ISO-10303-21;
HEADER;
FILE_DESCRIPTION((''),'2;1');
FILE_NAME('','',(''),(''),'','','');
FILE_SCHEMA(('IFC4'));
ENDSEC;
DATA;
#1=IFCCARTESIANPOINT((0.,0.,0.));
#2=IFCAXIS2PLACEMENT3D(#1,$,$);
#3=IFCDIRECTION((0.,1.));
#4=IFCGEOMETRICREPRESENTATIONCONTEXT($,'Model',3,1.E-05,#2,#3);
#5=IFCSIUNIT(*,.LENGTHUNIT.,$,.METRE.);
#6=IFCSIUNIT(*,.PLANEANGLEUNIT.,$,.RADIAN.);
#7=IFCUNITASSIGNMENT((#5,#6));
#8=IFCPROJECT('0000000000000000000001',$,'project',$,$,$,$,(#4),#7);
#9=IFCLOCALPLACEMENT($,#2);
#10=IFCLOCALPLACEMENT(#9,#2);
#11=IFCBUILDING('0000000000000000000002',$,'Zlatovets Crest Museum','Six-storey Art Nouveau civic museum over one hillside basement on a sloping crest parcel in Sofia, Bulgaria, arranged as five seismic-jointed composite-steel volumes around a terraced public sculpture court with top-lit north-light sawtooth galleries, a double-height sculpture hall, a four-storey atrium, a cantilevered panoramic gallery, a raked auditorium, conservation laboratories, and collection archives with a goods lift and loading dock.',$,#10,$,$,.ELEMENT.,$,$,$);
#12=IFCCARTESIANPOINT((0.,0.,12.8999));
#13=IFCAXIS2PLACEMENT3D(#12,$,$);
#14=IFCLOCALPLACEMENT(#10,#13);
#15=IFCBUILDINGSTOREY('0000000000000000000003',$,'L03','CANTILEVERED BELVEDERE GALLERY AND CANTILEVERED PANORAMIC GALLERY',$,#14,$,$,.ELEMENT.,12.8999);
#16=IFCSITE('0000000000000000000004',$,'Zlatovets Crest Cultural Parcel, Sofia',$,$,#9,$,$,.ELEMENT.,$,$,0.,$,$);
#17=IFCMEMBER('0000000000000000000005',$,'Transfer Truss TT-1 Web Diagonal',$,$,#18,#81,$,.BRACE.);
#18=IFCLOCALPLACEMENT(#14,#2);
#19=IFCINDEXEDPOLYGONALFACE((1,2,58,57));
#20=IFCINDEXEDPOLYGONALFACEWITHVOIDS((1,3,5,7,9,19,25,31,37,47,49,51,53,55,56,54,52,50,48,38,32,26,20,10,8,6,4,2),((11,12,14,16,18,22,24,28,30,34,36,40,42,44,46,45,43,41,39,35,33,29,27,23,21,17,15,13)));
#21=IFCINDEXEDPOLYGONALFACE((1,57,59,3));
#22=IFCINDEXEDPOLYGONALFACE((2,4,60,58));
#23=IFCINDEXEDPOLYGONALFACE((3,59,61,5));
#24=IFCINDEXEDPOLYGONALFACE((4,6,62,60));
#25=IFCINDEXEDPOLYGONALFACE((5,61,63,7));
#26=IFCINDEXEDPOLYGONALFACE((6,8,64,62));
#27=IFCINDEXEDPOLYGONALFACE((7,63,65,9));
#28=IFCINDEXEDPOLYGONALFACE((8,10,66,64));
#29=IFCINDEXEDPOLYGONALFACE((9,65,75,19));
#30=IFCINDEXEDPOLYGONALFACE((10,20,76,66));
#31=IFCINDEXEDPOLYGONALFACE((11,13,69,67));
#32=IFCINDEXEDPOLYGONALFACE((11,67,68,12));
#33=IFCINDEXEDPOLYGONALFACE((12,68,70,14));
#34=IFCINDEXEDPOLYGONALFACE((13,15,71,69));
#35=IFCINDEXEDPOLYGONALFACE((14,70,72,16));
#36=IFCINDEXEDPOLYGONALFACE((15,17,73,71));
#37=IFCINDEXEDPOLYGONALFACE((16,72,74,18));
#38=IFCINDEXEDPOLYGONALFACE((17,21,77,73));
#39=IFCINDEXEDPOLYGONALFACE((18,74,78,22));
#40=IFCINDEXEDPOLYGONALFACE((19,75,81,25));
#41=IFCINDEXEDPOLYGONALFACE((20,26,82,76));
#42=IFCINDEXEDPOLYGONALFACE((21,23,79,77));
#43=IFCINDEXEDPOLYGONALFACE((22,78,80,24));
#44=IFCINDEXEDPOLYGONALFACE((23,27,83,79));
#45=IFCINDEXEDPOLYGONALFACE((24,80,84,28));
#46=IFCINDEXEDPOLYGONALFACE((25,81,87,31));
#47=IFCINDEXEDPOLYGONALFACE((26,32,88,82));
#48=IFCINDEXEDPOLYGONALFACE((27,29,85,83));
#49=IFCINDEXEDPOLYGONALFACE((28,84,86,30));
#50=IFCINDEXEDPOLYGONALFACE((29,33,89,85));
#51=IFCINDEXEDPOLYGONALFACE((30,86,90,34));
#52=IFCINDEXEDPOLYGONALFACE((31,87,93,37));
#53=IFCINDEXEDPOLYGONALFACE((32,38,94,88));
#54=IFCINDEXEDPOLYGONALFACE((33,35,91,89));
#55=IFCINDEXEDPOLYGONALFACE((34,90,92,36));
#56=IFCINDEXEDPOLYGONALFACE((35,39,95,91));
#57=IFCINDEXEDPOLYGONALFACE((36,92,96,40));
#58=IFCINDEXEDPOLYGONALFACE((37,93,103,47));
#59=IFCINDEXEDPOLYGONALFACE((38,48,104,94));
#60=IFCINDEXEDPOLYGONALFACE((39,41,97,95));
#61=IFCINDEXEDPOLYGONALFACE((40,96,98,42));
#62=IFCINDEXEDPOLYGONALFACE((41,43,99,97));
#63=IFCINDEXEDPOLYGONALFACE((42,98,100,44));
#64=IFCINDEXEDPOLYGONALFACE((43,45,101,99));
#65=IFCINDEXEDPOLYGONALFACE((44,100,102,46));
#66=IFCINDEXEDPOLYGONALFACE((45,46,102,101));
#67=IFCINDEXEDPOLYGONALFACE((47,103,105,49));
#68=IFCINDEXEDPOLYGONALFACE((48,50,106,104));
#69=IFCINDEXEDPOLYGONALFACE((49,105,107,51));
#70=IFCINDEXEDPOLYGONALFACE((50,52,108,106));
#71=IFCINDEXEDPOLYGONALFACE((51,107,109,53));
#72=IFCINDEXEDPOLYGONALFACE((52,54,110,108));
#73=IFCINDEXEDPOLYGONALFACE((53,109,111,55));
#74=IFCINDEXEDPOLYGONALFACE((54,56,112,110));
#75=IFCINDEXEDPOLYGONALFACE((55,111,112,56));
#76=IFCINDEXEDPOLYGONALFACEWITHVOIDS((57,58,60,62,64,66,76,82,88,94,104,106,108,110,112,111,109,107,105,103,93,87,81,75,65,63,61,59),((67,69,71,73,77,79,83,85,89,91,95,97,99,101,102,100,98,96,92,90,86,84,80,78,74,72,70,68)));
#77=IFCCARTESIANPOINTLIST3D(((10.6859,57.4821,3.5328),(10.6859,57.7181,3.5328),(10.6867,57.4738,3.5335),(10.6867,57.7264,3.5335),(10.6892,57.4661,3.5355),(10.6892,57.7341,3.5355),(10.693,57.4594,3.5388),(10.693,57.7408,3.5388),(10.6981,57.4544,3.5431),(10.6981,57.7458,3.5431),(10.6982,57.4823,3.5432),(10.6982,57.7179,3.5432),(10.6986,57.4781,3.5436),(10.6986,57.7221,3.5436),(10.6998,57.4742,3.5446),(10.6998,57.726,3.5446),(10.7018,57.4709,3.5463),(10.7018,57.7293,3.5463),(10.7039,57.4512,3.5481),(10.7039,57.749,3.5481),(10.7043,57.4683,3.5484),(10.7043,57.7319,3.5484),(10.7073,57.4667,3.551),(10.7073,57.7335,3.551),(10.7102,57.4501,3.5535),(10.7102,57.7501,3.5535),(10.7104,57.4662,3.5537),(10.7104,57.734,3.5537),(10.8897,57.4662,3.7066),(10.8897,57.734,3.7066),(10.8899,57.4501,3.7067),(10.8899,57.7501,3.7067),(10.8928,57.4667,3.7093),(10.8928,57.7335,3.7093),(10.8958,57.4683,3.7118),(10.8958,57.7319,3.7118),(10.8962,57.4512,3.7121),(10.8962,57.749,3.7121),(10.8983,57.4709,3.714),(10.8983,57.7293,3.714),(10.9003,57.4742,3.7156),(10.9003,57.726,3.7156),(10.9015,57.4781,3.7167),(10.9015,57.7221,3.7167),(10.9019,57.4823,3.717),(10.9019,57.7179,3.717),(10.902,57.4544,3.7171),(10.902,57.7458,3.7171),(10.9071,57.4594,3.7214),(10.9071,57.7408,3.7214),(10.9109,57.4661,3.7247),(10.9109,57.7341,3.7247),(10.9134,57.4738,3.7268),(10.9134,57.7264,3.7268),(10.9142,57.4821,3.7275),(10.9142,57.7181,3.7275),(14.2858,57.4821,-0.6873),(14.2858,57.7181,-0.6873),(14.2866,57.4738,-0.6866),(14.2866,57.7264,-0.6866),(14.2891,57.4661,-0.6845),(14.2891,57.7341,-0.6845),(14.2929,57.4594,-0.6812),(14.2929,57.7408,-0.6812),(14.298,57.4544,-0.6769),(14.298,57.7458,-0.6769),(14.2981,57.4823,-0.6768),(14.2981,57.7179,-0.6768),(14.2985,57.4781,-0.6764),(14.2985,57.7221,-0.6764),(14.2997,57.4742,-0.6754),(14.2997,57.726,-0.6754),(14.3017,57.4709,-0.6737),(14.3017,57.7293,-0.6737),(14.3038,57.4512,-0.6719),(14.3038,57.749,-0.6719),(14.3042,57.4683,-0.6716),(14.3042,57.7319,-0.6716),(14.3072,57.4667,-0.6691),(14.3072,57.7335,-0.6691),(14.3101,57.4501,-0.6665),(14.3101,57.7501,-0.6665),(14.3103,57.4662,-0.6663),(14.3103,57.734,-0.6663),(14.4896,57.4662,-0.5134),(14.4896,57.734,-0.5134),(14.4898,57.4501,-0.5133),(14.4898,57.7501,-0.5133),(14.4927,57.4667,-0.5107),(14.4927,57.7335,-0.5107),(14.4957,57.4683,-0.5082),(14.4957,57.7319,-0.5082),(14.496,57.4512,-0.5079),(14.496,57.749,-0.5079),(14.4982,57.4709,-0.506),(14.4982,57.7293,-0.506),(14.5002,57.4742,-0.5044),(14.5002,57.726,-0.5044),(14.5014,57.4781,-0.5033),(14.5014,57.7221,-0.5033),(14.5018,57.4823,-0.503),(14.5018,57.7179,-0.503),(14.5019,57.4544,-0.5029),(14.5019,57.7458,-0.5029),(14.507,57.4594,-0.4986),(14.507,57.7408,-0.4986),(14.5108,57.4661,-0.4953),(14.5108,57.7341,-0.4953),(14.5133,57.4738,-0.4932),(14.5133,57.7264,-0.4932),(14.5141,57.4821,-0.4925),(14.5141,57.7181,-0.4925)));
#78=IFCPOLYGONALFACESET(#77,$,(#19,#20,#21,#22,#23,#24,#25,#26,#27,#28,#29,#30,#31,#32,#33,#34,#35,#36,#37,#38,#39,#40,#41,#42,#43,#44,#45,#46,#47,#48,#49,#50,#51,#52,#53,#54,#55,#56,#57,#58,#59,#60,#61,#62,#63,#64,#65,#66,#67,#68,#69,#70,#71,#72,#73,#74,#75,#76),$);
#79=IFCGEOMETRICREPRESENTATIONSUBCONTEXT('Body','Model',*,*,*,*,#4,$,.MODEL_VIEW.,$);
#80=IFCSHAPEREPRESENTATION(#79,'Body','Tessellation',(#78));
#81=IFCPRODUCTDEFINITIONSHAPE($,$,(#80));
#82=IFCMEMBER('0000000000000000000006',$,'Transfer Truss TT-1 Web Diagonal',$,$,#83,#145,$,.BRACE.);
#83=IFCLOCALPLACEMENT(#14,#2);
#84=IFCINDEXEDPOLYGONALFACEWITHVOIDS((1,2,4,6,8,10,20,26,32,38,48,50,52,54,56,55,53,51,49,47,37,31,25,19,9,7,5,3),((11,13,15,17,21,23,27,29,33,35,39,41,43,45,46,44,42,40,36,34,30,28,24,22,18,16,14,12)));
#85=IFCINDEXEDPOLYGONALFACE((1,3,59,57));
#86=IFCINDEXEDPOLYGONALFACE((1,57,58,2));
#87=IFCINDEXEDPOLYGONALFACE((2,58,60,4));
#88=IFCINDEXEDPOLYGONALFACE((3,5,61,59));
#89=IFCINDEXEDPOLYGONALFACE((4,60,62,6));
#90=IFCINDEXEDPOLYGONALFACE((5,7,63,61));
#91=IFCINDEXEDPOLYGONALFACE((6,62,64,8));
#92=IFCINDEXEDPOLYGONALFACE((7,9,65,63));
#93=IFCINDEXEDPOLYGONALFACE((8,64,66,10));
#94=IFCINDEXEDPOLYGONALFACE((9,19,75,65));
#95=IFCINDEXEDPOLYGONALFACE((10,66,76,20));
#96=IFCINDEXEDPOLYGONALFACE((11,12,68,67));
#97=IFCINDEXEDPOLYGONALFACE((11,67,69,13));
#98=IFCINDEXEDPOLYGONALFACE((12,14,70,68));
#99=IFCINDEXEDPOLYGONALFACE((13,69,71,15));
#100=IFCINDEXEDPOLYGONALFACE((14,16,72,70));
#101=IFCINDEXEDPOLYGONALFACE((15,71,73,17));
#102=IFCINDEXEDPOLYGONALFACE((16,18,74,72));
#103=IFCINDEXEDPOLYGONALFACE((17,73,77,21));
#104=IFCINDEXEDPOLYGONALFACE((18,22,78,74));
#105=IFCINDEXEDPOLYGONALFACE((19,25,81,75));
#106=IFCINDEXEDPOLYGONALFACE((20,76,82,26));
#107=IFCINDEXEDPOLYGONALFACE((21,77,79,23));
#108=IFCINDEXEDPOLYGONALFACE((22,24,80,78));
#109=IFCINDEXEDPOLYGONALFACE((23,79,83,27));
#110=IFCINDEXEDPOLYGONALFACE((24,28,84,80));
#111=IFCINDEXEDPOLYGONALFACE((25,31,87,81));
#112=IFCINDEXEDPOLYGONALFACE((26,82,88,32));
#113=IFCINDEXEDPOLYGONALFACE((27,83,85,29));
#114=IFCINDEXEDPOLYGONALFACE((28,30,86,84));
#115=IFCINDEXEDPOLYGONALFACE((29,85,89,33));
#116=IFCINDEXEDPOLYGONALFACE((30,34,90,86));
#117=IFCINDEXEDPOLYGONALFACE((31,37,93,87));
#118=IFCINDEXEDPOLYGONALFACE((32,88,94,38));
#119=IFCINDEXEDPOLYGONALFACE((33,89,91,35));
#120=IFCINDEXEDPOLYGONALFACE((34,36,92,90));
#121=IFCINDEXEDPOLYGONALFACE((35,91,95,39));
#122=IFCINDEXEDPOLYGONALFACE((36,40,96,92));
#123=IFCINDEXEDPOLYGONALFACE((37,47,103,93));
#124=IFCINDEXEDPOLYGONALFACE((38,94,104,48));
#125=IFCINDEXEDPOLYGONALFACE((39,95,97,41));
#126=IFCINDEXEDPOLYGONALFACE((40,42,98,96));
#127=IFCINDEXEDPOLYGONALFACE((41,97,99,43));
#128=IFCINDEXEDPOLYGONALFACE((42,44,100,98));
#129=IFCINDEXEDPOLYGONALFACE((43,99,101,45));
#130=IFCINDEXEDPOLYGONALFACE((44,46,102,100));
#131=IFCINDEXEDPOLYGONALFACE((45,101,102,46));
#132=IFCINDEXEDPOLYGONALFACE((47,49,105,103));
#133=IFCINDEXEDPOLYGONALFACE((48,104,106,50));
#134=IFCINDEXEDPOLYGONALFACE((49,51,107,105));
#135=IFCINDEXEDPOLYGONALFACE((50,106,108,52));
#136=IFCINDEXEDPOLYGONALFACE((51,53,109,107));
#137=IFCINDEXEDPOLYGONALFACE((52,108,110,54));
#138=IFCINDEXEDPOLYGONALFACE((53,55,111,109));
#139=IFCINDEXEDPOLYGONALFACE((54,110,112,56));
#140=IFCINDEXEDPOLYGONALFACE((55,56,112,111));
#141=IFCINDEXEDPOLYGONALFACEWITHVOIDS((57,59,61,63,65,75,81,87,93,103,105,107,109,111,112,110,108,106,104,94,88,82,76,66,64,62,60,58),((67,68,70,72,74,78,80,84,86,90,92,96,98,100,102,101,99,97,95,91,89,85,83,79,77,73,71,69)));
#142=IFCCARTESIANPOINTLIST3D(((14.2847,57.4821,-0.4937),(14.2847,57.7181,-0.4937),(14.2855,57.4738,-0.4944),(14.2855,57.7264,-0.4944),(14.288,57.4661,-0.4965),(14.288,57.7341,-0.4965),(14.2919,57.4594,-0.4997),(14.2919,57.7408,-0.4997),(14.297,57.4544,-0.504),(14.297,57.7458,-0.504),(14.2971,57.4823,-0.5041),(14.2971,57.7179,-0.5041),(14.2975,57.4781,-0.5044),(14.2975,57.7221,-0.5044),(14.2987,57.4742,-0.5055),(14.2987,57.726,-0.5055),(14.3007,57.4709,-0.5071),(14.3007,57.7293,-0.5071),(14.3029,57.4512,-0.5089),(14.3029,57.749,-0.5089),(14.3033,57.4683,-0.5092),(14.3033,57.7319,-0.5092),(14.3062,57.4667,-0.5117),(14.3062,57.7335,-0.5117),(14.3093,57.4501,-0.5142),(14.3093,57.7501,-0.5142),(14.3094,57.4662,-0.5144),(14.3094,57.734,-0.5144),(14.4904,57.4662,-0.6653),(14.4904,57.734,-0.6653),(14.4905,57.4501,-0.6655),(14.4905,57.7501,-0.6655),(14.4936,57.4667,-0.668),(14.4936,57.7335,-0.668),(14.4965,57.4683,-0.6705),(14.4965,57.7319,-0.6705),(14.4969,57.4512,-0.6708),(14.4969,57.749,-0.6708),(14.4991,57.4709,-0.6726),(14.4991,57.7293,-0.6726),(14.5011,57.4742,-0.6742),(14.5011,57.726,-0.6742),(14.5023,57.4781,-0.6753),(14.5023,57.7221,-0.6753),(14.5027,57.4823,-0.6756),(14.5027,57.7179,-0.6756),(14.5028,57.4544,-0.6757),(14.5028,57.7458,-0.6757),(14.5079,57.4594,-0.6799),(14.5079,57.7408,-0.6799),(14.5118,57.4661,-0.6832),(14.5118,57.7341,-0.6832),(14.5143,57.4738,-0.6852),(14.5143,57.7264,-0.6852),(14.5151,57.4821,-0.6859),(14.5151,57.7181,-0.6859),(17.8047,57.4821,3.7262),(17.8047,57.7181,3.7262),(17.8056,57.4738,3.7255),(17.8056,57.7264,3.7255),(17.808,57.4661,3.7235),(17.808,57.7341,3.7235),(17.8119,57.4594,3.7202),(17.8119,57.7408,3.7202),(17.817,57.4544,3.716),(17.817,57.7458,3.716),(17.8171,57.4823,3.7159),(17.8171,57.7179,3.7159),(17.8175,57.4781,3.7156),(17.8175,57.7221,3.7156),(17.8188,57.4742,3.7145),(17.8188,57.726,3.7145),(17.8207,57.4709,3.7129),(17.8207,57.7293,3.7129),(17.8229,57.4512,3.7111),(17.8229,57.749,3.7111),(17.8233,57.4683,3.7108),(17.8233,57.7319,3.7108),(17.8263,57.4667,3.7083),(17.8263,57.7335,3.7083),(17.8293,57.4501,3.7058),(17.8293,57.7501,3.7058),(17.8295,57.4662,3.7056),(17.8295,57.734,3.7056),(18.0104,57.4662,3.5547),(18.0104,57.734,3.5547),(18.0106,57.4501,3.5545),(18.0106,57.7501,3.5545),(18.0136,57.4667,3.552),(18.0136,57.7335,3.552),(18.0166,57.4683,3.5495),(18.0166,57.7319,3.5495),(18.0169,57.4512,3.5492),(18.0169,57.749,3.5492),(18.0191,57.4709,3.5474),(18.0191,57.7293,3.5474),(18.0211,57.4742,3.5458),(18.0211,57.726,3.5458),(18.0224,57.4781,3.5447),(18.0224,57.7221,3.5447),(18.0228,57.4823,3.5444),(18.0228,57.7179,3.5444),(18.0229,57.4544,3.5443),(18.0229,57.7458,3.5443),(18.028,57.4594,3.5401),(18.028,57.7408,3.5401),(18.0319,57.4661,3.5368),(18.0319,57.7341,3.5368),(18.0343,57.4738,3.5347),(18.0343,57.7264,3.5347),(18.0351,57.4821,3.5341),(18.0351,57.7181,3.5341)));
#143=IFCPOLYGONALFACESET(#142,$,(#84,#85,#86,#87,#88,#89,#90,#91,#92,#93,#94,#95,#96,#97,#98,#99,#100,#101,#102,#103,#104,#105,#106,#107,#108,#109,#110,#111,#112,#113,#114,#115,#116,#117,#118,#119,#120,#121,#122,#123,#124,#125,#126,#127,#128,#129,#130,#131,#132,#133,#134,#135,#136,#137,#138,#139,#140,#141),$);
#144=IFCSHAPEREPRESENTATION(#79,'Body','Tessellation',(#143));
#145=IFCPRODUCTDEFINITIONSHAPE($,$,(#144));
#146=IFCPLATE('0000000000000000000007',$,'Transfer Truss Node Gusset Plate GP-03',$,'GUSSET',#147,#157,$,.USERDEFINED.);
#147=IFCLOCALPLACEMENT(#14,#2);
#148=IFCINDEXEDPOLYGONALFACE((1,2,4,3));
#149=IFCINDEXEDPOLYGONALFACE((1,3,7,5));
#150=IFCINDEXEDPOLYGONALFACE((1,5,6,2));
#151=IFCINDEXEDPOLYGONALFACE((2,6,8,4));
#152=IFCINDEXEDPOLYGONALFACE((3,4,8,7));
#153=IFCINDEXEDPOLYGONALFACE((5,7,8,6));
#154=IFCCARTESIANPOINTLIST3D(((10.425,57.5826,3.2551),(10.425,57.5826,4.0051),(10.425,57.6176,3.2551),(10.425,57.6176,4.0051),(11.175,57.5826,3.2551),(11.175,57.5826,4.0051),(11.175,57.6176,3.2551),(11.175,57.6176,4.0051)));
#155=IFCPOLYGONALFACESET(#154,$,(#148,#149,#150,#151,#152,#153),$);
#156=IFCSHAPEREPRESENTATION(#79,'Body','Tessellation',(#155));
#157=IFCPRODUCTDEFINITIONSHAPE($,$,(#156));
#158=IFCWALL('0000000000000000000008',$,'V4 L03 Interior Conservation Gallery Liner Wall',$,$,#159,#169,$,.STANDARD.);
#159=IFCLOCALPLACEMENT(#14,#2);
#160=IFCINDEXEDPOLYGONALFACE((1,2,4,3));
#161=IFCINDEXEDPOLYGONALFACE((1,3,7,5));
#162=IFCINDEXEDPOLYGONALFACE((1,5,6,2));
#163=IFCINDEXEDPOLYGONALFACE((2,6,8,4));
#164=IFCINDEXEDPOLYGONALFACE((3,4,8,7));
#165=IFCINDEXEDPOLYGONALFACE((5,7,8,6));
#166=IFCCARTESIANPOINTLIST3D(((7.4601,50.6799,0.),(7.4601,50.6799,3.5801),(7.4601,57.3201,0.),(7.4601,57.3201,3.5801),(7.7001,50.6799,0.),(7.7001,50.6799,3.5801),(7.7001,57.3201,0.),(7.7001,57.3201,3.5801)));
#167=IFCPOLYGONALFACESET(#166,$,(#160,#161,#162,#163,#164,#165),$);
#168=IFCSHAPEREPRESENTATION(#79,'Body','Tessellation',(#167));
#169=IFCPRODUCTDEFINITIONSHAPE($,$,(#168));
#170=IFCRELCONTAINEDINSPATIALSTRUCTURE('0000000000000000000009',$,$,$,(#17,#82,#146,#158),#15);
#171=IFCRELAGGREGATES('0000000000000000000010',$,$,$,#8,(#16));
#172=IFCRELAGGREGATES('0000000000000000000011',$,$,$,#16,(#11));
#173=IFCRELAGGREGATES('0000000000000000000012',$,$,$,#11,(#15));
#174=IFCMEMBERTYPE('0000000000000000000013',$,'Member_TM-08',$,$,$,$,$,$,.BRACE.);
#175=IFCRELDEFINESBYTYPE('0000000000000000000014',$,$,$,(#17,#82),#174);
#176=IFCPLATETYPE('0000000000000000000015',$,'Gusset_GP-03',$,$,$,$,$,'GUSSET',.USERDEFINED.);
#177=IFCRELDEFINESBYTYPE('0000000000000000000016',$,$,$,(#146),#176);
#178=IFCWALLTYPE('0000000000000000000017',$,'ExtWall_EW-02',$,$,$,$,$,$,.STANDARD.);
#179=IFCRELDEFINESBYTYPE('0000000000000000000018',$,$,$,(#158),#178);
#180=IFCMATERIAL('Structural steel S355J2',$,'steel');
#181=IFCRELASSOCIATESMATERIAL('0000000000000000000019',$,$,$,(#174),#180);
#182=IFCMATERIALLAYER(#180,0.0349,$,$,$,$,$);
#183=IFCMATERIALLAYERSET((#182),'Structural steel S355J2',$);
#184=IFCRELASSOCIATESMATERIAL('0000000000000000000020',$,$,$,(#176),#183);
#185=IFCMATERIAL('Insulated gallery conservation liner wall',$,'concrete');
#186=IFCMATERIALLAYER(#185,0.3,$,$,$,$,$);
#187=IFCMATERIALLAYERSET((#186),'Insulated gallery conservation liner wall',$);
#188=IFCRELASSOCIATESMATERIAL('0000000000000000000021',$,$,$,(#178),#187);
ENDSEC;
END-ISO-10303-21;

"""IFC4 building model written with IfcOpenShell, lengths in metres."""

from ifc_helpers import new_model, si_unit, direction, frame, frame_2d, origin, origin_2d, place, context, subcontext, project, spatial, rectangle, hollow_rectangle, extrude, material, layer, layer_set, material_profile, profile_set, type_object, element, save


model = new_model("IFC4")

# Units and contexts
model_context = context("Model", 3, precision=1e-05, world=origin(), true_north=direction((0.0, 1.0)))
body_context = subcontext(model_context, "Body", "Model", "MODEL_VIEW")
ifc_project = project(units=[si_unit("LENGTHUNIT", "METRE"), si_unit("PLANEANGLEUNIT", "RADIAN")], contexts=[model_context])

# Site, building, storey
site_placement = place(None, origin())
site = spatial("IfcSite", under=ifc_project, at=site_placement, Name="Zlatovets Crest Cultural Parcel, Sofia", CompositionType="ELEMENT", RefElevation=0.0)
building_placement = place(site_placement, origin())
building = spatial("IfcBuilding", under=site, at=building_placement, Name="Zlatovets Crest Museum", Description="Six-storey Art Nouveau civic museum over one hillside basement on a sloping crest parcel in Sofia, Bulgaria, arranged as five seismic-jointed composite-steel volumes around a terraced public sculpture court with top-lit north-light sawtooth galleries, a double-height sculpture hall, a four-storey atrium, a cantilevered panoramic gallery, a raked auditorium, conservation laboratories, and collection archives with a goods lift and loading dock.", CompositionType="ELEMENT")
storey_placement = place(building_placement, frame((0.0, 0.0, 12.8999)))
storey = spatial("IfcBuildingStorey", under=building, at=storey_placement, Name="L03", Description="CANTILEVERED BELVEDERE GALLERY AND CANTILEVERED PANORAMIC GALLERY", CompositionType="ELEMENT", Elevation=12.8999)

# Shared definitions
ifc_material_1 = material(Name="Structural steel S355J2", Category="steel")

# Members
ifc_material_profile_1 = material_profile(ifc_material_1, hollow_rectangle(XDim=0.3, YDim=0.3, WallThickness=0.0161, InnerFilletRadius=0.0161, OuterFilletRadius=0.032, at=origin_2d()), Name="SHS 300x300x16.0")
ifc_profile_set_1 = profile_set([ifc_material_profile_1], Name="Structural steel S355J2")
member_type_1 = type_object("IfcMemberType", Name="Member_TM-08", PredefinedType="BRACE", material=ifc_profile_set_1)
for number, where, z_axis, x_axis, name in (
    (1, (10.8, 57.6001, 3.6301), (0.648995, 0.0, -0.760792), (0.0, 1.0, 0.0), "Transfer Truss TT-1 Web Diagonal"),
):
    element("IfcMember", number, at=place(storey_placement, frame(where, z_axis=z_axis, x_axis=x_axis)), inside=storey, type_object=member_type_1, Name=name, PredefinedType="BRACE", context=body_context, shape_type="SweptSolid", body=[
        extrude(hollow_rectangle(XDim=0.3, YDim=0.3, WallThickness=0.0161, InnerFilletRadius=0.0161, OuterFilletRadius=0.032, at=origin_2d()), origin(), (0.0, 0.0, 1.0), 5.5469),
    ])
member_1_placement = place(storey_placement, frame((14.3999, 57.6001, -0.5898), z_axis=(0.640547, 0.0, 0.767919), x_axis=(0.0, 1.0, 0.0)))
element("IfcMember", 2, at=member_1_placement, inside=storey, type_object=member_type_1, Name="Transfer Truss TT-1 Web Diagonal", PredefinedType="BRACE", context=body_context, shape_type="SweptSolid", body=[
    extrude(hollow_rectangle(XDim=0.3, YDim=0.3, WallThickness=0.0161, InnerFilletRadius=0.0161, OuterFilletRadius=0.032, at=origin_2d()), origin(), (0.0, 0.0, 1.0), 5.4954),
])

# Plate
ifc_layer_1 = layer(ifc_material_1, 0.0349)
ifc_layer_set_1 = layer_set([ifc_layer_1], Name="Structural steel S355J2")
plate_type = type_object("IfcPlateType", Name="Gusset_GP-03", ElementType="GUSSET", PredefinedType="USERDEFINED", material=ifc_layer_set_1)
plate_placement = place(storey_placement, frame((10.8, 57.6001, 3.2551), z_axis=(0.0, 0.0, 1.0), x_axis=(1.0, 0.0, 0.0)))
element("IfcPlate", 3, at=plate_placement, inside=storey, type_object=plate_type, Name="Transfer Truss Node Gusset Plate GP-03", ObjectType="GUSSET", PredefinedType="USERDEFINED", context=body_context, shape_type="SweptSolid", body=[
    extrude(rectangle(XDim=0.75, YDim=0.0349, at=origin_2d()), origin(), (0.0, 0.0, 1.0), 0.75),
])

# Wall
ifc_material_2 = material(Name="Insulated gallery conservation liner wall", Category="concrete")
ifc_layer_2 = layer(ifc_material_2, 0.3)
ifc_layer_set_2 = layer_set([ifc_layer_2], Name="Insulated gallery conservation liner wall")
wall_type_1 = type_object("IfcWallType", Name="ExtWall_EW-02", PredefinedType="STANDARD", material=ifc_layer_set_2)
wall_1_placement = place(storey_placement, frame((7.5801, 57.3201, 0.0), z_axis=(0.0, 0.0, 1.0), x_axis=(0.0, -1.0, 0.0)))
element("IfcWall", 4, at=wall_1_placement, inside=storey, type_object=wall_type_1, Name="V4 L03 Interior Conservation Gallery Liner Wall", PredefinedType="STANDARD", context=body_context, shape_type="SweptSolid", body=[
    extrude(rectangle(XDim=6.6401, YDim=0.24, at=frame_2d((3.3201, 0.0))), origin(), (0.0, 0.0, 1.0), 3.5801),
])

save(model, "model.ifc")
